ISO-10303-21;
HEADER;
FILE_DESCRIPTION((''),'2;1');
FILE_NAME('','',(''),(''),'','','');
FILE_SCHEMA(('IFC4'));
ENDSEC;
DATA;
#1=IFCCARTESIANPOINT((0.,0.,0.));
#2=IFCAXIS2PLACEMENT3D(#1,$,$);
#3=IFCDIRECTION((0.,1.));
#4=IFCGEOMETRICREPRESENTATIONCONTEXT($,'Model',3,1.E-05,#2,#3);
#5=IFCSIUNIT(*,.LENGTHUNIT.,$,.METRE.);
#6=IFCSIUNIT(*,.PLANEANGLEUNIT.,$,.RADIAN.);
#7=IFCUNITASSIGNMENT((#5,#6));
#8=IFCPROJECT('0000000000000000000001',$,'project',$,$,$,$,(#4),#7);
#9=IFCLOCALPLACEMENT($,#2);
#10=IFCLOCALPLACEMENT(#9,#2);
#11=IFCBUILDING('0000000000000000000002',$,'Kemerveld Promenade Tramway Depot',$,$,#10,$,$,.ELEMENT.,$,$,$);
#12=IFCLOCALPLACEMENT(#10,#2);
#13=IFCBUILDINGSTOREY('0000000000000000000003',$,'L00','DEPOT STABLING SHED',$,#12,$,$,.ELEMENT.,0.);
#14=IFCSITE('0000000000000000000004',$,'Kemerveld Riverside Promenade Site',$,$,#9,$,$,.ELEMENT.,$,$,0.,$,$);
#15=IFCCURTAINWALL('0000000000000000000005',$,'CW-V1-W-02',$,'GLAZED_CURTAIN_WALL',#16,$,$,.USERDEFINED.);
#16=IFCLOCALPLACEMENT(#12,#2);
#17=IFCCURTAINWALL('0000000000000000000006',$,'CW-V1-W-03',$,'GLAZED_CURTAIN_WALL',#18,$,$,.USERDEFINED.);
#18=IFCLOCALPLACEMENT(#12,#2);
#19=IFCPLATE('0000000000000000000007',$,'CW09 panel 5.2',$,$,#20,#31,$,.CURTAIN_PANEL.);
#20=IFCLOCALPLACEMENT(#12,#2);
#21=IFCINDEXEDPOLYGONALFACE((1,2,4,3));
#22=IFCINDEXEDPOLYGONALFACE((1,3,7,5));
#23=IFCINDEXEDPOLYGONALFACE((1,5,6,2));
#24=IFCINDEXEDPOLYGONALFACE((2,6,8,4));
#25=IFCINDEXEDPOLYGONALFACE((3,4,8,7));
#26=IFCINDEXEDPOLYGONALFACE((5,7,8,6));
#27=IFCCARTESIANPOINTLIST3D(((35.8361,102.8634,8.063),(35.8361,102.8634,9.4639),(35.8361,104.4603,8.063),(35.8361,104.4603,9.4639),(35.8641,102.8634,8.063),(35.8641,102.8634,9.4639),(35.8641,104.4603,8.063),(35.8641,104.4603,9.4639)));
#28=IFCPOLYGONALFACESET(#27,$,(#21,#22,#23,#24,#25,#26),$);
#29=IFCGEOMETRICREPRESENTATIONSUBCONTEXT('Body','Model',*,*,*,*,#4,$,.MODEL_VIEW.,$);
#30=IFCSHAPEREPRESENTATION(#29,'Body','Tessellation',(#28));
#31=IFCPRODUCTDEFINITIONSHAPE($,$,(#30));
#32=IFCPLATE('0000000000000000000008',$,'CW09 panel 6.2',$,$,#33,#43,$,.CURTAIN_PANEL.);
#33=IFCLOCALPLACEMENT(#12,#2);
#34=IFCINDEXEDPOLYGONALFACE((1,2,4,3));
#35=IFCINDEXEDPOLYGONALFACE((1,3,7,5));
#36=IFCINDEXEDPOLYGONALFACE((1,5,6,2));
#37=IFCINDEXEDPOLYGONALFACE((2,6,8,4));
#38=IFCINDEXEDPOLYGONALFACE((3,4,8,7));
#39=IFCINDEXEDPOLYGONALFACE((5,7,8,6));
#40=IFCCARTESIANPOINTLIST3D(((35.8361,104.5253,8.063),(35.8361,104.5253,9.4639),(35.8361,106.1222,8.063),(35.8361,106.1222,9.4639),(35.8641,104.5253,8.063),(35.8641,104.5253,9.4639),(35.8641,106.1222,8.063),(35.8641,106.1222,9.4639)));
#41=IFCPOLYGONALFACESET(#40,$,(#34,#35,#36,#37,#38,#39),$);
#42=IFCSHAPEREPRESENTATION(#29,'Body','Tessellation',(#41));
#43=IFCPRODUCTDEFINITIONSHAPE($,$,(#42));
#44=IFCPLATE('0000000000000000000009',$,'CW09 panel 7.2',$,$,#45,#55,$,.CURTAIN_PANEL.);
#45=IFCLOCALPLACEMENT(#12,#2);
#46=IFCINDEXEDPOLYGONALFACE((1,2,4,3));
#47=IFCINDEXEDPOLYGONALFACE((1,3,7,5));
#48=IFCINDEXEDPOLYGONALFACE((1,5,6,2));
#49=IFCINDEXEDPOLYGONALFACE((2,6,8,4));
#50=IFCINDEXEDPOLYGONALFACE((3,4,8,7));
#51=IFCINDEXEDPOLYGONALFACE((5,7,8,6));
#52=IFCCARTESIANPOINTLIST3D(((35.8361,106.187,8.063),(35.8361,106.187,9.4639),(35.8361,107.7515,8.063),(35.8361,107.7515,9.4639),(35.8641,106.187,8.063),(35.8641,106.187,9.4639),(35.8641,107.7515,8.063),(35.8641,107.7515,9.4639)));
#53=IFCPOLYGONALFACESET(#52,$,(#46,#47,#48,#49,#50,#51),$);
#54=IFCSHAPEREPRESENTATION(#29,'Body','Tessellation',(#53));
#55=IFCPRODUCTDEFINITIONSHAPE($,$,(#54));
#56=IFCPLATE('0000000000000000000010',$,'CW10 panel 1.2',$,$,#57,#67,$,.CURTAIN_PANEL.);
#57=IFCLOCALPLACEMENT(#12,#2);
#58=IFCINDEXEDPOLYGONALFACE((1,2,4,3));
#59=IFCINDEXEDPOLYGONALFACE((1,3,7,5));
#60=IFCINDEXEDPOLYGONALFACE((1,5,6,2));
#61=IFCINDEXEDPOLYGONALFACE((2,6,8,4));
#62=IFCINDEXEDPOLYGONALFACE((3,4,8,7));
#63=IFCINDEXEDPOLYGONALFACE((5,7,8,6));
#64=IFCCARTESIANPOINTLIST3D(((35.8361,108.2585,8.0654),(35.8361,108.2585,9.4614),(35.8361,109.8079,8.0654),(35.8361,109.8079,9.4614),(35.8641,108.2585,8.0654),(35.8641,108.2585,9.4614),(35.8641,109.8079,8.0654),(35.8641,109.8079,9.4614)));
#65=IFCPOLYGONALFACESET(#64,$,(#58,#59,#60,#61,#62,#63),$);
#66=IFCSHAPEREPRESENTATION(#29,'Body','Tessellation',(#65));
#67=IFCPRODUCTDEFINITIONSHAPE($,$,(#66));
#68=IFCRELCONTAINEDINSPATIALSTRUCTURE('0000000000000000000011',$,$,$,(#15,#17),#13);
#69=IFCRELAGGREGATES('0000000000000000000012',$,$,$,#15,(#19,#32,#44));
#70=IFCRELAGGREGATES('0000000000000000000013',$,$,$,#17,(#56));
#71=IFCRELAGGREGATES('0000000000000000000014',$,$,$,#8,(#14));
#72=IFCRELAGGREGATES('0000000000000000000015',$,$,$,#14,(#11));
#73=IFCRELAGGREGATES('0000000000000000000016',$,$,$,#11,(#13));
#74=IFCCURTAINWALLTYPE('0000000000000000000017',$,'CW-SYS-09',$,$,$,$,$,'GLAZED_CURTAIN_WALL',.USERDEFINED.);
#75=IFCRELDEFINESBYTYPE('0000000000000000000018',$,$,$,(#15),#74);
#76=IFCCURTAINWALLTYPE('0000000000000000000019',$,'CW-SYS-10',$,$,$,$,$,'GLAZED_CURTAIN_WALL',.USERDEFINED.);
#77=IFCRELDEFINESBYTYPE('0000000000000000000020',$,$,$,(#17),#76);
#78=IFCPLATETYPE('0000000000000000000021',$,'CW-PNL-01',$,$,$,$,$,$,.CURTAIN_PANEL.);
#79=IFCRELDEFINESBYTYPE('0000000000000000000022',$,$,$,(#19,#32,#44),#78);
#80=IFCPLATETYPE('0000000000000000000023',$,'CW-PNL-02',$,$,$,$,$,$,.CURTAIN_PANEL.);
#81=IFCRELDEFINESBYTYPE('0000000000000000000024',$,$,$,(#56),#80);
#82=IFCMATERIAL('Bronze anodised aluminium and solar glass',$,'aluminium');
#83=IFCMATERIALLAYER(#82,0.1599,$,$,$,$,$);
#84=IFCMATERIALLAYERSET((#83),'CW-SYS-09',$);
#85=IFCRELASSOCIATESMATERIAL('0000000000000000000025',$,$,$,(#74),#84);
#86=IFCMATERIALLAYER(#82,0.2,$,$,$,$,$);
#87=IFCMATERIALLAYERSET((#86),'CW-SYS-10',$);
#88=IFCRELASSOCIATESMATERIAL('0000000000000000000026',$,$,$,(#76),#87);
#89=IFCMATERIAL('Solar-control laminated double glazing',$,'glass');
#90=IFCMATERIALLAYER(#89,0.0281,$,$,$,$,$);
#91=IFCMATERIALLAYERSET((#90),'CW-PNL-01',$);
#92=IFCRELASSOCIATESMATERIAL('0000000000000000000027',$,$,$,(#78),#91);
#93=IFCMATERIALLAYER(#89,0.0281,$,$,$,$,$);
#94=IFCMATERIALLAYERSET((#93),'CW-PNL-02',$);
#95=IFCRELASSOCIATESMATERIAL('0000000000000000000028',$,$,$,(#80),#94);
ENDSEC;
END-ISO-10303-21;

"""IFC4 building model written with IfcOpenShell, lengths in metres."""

from ifc_helpers import new_model, si_unit, direction, frame, origin, origin_2d, place, context, subcontext, project, spatial, rectangle, extrude, material, layer, layer_set, type_object, element, aggregate, save


model = new_model("IFC4")

# Units and contexts
model_context = context("Model", 3, precision=1e-05, world=origin(), true_north=direction((0.0, 1.0)))
body_context = subcontext(model_context, "Body", "Model", "MODEL_VIEW")
ifc_project = project(units=[si_unit("LENGTHUNIT", "METRE"), si_unit("PLANEANGLEUNIT", "RADIAN")], contexts=[model_context])

# Site, building, storey
site_placement = place(None, origin())
site = spatial("IfcSite", under=ifc_project, at=site_placement, Name="Kemerveld Riverside Promenade Site", CompositionType="ELEMENT", RefElevation=0.0)
building_placement = place(site_placement, origin())
building = spatial("IfcBuilding", under=site, at=building_placement, Name="Kemerveld Promenade Tramway Depot", CompositionType="ELEMENT")
storey_placement = place(building_placement, origin())
storey = spatial("IfcBuildingStorey", under=building, at=storey_placement, Name="L00", Description="DEPOT STABLING SHED", CompositionType="ELEMENT", Elevation=0.0)

# Curtain walls
ifc_material_1 = material(Name="Bronze anodised aluminium and solar glass", Category="aluminium")
ifc_layer_1 = layer(ifc_material_1, 0.1599)
ifc_layer_set_1 = layer_set([ifc_layer_1], Name="CW-SYS-09")
curtain_wall_type_1 = type_object("IfcCurtainWallType", Name="CW-SYS-09", ElementType="GLAZED_CURTAIN_WALL", PredefinedType="USERDEFINED", material=ifc_layer_set_1)
curtain_wall_1_placement = place(storey_placement, origin())
curtain_wall_1 = element("IfcCurtainWall", 1, at=curtain_wall_1_placement, inside=storey, type_object=curtain_wall_type_1, Name="CW-V1-W-02", ObjectType="GLAZED_CURTAIN_WALL", PredefinedType="USERDEFINED")
ifc_layer_2 = layer(ifc_material_1, 0.2)
ifc_layer_set_2 = layer_set([ifc_layer_2], Name="CW-SYS-10")
curtain_wall_type_2 = type_object("IfcCurtainWallType", Name="CW-SYS-10", ElementType="GLAZED_CURTAIN_WALL", PredefinedType="USERDEFINED", material=ifc_layer_set_2)
curtain_wall_2_placement = place(storey_placement, origin())
curtain_wall_2 = element("IfcCurtainWall", 2, at=curtain_wall_2_placement, inside=storey, type_object=curtain_wall_type_2, Name="CW-V1-W-03", ObjectType="GLAZED_CURTAIN_WALL", PredefinedType="USERDEFINED")

# Plates
ifc_material_2 = material(Name="Solar-control laminated double glazing", Category="glass")
ifc_layer_3 = layer(ifc_material_2, 0.0281)
ifc_layer_set_3 = layer_set([ifc_layer_3], Name="CW-PNL-01")
plate_type_1 = type_object("IfcPlateType", Name="CW-PNL-01", PredefinedType="CURTAIN_PANEL", material=ifc_layer_set_3)
plate_1_placement = place(storey_placement, frame((35.8501, 103.6619, 8.063), z_axis=(0.0, 0.0, 1.0), x_axis=(0.0, 1.0, 0.0)))
plate_1 = element("IfcPlate", 3, at=plate_1_placement, type_object=plate_type_1, Name="CW09 panel 5.2", PredefinedType="CURTAIN_PANEL", context=body_context, shape_type="SweptSolid", body=[
    extrude(rectangle(XDim=1.5969, YDim=0.0281, at=origin_2d()), origin(), (0.0, 0.0, 1.0), 1.4009),
])
plate_2_placement = place(storey_placement, frame((35.8501, 105.3237, 8.063), z_axis=(0.0, 0.0, 1.0), x_axis=(0.0, 1.0, 0.0)))
plate_2 = element("IfcPlate", 4, at=plate_2_placement, type_object=plate_type_1, Name="CW09 panel 6.2", PredefinedType="CURTAIN_PANEL", context=body_context, shape_type="SweptSolid", body=[
    extrude(rectangle(XDim=1.5969, YDim=0.0281, at=origin_2d()), origin(), (0.0, 0.0, 1.0), 1.4009),
])
plate_3_placement = place(storey_placement, frame((35.8501, 106.9692, 8.063), z_axis=(0.0, 0.0, 1.0), x_axis=(0.0, 1.0, 0.0)))
plate_3 = element("IfcPlate", 5, at=plate_3_placement, type_object=plate_type_1, Name="CW09 panel 7.2", PredefinedType="CURTAIN_PANEL", context=body_context, shape_type="SweptSolid", body=[
    extrude(rectangle(XDim=1.5645, YDim=0.0281, at=origin_2d()), origin(), (0.0, 0.0, 1.0), 1.4009),
])
aggregate(curtain_wall_1, [plate_1, plate_2, plate_3])
ifc_layer_4 = layer(ifc_material_2, 0.0281)
ifc_layer_set_4 = layer_set([ifc_layer_4], Name="CW-PNL-02")
plate_type_2 = type_object("IfcPlateType", Name="CW-PNL-02", PredefinedType="CURTAIN_PANEL", material=ifc_layer_set_4)
plate_4_placement = place(storey_placement, frame((35.8501, 109.0332, 8.0654), z_axis=(0.0, 0.0, 1.0), x_axis=(0.0, 1.0, 0.0)))
plate_4 = element("IfcPlate", 6, at=plate_4_placement, type_object=plate_type_2, Name="CW10 panel 1.2", PredefinedType="CURTAIN_PANEL", context=body_context, shape_type="SweptSolid", body=[
    extrude(rectangle(XDim=1.5493, YDim=0.0281, at=origin_2d()), origin(), (0.0, 0.0, 1.0), 1.396),
])
aggregate(curtain_wall_2, [plate_4])

save(model, "model.ifc")
